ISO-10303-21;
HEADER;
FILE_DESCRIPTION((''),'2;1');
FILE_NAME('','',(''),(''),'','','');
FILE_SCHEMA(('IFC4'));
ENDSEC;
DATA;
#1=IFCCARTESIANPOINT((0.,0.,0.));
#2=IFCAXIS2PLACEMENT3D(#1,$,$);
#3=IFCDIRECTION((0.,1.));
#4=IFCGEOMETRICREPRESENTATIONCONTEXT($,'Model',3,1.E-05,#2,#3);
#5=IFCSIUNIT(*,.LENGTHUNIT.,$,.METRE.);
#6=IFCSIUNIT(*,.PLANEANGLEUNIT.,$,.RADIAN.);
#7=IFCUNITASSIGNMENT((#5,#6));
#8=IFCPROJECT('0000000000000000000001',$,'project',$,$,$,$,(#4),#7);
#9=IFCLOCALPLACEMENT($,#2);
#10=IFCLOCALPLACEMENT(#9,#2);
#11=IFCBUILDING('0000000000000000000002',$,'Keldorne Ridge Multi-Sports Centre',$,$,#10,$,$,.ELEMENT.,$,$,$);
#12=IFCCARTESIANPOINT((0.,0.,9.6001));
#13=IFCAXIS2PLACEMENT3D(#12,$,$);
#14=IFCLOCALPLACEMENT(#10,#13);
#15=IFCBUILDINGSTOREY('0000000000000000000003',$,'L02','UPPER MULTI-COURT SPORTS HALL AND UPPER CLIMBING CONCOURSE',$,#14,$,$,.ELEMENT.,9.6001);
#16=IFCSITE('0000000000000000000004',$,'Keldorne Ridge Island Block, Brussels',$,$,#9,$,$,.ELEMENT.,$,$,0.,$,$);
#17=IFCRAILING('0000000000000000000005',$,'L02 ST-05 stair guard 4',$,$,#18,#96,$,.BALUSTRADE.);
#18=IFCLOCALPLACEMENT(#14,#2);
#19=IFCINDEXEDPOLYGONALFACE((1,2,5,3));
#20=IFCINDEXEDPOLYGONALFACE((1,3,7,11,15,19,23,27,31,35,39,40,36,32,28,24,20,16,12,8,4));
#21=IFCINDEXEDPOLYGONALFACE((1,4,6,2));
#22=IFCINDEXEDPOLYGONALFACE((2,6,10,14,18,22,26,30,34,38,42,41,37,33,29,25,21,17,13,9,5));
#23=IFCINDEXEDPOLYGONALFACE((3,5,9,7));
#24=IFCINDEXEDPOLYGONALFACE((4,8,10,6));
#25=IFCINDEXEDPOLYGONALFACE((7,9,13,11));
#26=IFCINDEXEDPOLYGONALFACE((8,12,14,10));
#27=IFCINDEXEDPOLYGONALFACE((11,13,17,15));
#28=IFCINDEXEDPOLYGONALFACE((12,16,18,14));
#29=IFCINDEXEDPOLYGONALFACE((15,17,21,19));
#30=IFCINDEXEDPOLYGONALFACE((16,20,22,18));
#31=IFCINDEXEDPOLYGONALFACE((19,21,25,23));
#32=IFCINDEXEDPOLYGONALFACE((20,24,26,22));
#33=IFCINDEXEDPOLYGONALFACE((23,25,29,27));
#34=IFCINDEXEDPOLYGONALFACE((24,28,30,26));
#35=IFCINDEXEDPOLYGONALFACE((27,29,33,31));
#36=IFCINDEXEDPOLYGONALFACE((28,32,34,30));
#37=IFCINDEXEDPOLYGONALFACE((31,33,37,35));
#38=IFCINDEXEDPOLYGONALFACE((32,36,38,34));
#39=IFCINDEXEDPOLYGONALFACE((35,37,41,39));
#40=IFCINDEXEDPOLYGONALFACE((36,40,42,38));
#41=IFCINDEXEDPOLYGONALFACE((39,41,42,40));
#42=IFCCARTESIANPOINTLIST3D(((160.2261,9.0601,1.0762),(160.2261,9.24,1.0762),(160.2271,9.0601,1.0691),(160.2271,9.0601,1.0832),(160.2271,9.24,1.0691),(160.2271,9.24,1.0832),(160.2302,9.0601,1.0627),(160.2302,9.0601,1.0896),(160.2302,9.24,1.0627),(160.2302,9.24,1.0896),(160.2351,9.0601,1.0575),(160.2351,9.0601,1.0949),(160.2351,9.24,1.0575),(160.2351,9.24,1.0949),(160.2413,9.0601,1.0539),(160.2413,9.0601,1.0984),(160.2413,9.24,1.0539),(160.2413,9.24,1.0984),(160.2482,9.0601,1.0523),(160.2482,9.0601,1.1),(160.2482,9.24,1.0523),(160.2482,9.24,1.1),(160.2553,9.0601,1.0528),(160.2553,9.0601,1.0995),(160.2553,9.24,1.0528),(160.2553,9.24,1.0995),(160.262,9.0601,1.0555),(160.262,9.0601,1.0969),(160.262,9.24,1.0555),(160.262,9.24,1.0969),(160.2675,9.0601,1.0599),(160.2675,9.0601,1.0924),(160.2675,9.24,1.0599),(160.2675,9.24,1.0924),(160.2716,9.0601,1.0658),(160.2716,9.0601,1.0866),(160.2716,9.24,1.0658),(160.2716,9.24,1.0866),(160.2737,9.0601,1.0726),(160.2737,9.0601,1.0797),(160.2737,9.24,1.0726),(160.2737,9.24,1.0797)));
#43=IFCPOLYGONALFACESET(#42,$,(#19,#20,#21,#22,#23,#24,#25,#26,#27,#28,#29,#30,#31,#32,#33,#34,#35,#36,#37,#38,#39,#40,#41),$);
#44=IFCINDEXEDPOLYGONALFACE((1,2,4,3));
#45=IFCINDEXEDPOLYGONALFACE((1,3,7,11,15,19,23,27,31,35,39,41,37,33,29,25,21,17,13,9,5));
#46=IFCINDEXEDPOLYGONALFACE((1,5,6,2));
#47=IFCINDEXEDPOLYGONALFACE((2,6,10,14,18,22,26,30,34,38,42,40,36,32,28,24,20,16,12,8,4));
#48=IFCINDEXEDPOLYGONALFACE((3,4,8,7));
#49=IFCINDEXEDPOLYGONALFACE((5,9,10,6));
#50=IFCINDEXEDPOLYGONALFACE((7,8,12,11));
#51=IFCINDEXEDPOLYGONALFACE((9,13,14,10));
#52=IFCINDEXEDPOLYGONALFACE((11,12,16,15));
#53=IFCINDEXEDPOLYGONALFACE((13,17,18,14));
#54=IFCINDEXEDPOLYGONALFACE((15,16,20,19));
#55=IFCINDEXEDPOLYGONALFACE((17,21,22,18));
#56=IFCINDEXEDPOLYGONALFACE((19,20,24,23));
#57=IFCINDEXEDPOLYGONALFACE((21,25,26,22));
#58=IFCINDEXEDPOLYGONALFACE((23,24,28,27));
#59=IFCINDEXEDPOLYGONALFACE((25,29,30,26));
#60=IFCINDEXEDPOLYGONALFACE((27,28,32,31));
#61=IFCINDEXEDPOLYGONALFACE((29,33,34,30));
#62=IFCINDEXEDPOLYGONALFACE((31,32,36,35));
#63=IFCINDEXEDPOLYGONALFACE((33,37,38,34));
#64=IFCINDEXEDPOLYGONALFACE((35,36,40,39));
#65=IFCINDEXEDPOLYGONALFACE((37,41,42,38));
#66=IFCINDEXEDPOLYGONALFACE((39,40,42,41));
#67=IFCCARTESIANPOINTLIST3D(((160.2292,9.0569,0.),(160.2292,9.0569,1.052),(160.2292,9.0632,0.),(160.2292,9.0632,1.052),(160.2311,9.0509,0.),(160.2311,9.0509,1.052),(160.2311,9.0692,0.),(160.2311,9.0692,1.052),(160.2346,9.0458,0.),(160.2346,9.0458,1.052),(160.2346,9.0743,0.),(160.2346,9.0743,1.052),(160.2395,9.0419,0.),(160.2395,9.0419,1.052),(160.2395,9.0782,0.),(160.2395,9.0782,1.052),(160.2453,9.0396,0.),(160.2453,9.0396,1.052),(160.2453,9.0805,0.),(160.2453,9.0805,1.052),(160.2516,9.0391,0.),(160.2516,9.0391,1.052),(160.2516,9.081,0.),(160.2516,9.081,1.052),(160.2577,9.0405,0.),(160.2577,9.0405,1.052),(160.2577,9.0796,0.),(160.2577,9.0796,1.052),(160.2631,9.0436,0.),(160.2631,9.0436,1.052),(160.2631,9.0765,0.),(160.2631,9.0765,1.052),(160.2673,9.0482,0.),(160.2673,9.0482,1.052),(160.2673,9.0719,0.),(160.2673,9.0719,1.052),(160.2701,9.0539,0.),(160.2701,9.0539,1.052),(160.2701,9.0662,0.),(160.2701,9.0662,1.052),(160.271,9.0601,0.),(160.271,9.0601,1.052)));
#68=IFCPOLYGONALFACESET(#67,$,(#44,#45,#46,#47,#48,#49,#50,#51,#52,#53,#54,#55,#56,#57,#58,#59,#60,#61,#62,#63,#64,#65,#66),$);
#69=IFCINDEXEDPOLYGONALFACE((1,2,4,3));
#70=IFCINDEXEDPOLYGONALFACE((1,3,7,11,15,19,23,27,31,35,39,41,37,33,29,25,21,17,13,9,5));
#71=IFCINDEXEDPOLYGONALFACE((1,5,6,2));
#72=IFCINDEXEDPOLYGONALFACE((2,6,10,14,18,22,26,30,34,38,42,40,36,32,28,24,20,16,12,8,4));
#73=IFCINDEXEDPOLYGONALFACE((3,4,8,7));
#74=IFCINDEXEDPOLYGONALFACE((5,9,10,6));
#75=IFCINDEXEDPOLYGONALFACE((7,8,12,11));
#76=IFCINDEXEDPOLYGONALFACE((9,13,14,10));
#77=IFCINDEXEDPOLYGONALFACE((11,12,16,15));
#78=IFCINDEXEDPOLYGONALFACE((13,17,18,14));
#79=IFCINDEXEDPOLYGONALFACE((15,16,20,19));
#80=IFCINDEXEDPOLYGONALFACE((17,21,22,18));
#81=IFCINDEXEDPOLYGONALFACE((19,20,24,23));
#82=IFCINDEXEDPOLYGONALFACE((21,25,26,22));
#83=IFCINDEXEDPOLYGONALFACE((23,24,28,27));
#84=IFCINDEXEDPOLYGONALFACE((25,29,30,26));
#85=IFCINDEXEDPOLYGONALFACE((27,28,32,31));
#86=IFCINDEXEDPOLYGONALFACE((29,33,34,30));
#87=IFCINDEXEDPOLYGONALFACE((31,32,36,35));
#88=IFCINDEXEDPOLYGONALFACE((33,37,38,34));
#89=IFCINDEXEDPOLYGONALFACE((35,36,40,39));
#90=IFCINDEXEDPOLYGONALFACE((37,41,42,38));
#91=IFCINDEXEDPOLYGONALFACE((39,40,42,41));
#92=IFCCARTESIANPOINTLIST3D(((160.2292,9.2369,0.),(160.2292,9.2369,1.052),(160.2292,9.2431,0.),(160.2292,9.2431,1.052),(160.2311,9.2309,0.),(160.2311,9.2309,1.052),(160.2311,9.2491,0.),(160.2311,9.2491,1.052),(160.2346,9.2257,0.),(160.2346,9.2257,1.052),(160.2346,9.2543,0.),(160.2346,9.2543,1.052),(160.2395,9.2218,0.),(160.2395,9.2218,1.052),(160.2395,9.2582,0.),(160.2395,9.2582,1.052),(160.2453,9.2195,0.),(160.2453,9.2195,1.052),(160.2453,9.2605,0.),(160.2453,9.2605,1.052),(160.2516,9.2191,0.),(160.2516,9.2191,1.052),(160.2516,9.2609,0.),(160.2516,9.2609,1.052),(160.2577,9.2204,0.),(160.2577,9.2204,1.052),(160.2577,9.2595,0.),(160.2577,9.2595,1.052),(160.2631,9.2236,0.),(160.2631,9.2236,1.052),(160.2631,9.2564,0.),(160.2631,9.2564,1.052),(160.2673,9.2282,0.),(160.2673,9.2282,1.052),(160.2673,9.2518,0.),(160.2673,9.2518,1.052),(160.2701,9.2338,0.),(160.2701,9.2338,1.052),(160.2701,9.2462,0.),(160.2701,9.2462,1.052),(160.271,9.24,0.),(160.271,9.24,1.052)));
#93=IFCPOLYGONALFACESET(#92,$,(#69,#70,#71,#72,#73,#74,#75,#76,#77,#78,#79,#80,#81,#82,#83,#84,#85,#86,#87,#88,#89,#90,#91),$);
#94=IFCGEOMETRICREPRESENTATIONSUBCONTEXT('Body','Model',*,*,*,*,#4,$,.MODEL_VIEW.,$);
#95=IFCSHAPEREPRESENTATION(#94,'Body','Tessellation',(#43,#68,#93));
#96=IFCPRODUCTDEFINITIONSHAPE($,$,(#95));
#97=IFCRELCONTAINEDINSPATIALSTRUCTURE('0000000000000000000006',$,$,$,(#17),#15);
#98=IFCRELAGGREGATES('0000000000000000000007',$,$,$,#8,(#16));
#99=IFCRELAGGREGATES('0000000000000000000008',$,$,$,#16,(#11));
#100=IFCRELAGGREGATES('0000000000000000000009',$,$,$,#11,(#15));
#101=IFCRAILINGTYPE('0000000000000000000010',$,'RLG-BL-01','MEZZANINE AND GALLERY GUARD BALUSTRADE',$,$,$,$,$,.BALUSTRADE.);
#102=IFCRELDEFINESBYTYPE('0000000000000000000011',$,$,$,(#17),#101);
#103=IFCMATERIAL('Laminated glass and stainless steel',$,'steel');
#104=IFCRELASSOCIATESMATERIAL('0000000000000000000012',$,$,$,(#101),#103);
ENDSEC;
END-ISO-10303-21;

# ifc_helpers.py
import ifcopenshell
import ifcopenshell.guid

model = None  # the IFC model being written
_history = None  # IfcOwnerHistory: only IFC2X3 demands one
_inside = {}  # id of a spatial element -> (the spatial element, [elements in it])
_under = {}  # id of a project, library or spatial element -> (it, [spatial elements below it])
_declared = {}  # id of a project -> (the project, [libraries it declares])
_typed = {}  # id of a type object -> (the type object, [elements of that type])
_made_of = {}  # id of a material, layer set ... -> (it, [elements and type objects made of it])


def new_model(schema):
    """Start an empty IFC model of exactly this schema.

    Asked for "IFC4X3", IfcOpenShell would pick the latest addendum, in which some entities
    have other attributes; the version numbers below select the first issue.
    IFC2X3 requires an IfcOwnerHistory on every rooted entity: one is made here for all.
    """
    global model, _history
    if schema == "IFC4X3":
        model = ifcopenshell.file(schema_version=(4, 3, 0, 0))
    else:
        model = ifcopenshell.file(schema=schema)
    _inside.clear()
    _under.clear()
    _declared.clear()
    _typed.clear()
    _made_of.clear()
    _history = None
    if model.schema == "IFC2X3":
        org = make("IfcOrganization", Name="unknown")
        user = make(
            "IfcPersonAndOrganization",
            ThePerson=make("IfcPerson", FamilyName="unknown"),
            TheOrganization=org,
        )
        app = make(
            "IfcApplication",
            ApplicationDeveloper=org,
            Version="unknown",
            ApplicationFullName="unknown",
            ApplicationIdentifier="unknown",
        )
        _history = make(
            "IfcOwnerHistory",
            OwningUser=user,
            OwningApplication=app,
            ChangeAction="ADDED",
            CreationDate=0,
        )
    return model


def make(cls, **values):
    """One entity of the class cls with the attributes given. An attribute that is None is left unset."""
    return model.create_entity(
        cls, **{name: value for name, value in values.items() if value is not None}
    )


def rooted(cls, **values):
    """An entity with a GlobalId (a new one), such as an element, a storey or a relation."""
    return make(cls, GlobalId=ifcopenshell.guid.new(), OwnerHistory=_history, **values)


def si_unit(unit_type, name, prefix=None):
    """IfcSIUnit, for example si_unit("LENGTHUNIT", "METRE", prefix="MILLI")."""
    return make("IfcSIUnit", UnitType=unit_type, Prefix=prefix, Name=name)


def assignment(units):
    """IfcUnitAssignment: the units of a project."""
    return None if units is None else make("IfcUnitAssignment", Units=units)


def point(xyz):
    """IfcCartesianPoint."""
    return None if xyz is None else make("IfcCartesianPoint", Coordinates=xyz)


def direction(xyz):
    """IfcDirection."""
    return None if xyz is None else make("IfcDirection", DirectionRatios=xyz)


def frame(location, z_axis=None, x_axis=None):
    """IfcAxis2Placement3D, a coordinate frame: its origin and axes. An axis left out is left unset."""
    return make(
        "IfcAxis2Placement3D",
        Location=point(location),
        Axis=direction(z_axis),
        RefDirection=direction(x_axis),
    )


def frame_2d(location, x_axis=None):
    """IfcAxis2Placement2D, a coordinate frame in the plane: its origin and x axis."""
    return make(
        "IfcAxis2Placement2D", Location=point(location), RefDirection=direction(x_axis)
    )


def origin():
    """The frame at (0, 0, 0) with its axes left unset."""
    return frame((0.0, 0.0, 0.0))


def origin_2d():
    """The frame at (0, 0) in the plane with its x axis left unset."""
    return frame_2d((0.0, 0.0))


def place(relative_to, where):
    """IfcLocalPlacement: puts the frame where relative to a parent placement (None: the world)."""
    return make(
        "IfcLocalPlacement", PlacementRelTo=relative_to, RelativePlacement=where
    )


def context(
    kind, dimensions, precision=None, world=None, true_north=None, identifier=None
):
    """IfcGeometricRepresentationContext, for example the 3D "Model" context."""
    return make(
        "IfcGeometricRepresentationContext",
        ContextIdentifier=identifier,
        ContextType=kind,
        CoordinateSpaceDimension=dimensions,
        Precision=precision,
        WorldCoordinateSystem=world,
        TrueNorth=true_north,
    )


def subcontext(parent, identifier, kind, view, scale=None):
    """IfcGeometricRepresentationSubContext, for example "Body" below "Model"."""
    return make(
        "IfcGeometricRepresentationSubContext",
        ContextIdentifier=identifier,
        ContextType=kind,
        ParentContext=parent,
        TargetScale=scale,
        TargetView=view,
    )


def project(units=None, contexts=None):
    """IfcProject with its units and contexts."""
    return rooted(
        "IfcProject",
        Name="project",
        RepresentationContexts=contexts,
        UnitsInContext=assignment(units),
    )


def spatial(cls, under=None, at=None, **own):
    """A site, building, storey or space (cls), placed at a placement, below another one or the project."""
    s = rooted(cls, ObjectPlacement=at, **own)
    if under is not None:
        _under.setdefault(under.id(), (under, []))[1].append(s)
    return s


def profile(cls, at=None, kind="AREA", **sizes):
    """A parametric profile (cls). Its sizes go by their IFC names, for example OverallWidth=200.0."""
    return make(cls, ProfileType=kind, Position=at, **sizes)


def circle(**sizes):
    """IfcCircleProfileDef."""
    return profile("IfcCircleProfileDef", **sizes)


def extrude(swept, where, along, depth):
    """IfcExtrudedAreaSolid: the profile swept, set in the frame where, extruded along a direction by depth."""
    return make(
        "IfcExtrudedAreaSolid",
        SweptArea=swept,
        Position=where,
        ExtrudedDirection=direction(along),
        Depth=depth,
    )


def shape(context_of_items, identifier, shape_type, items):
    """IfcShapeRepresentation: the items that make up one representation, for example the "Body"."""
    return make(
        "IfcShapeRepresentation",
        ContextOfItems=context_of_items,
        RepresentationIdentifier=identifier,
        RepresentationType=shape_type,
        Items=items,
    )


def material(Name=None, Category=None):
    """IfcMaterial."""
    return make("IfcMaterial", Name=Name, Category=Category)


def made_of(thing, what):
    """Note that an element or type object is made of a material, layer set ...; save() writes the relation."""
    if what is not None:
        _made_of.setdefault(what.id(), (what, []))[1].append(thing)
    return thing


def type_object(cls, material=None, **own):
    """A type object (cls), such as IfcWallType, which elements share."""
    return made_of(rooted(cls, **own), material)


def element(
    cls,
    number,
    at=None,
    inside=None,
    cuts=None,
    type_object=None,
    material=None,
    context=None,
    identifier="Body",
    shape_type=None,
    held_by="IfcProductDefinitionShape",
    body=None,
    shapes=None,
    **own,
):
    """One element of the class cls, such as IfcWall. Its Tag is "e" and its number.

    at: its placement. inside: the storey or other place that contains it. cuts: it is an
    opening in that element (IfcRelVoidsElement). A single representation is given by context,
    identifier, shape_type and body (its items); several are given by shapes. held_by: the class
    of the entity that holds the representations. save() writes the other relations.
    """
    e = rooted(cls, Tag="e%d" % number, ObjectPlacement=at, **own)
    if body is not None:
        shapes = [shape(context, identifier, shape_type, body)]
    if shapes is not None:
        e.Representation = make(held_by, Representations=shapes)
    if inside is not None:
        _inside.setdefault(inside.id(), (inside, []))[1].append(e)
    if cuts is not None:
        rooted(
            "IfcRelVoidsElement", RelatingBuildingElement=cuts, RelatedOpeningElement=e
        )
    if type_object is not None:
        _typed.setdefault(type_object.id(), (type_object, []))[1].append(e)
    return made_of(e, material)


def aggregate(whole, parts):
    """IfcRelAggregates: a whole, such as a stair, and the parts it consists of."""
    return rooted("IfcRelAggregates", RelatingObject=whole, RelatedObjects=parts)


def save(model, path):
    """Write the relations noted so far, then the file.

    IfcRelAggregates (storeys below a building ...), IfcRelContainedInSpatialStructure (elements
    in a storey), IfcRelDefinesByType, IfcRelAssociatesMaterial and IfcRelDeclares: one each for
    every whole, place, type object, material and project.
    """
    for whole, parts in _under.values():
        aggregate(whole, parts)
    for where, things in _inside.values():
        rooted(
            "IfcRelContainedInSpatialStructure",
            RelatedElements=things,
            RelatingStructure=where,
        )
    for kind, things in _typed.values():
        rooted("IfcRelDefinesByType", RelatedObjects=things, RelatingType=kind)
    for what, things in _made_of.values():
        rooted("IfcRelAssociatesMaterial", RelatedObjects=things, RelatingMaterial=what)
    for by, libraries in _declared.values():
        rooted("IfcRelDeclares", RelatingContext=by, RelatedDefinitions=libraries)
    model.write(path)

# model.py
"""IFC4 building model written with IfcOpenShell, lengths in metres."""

from ifc_helpers import new_model, si_unit, direction, frame, origin, origin_2d, place, context, subcontext, project, spatial, circle, extrude, material, type_object, element, save


model = new_model("IFC4")

# Units and contexts
model_context = context("Model", 3, precision=1e-05, world=origin(), true_north=direction((0.0, 1.0)))
body_context = subcontext(model_context, "Body", "Model", "MODEL_VIEW")
ifc_project = project(units=[si_unit("LENGTHUNIT", "METRE"), si_unit("PLANEANGLEUNIT", "RADIAN")], contexts=[model_context])

# Site, building, storey
site_placement = place(None, origin())
site = spatial("IfcSite", under=ifc_project, at=site_placement, Name="Keldorne Ridge Island Block, Brussels", CompositionType="ELEMENT", RefElevation=0.0)
building_placement = place(site_placement, origin())
building = spatial("IfcBuilding", under=site, at=building_placement, Name="Keldorne Ridge Multi-Sports Centre", CompositionType="ELEMENT")
storey_placement = place(building_placement, frame((0.0, 0.0, 9.6001)))
storey = spatial("IfcBuildingStorey", under=building, at=storey_placement, Name="L02", Description="UPPER MULTI-COURT SPORTS HALL AND UPPER CLIMBING CONCOURSE", CompositionType="ELEMENT", Elevation=9.6001)

# Railing
ifc_material_1 = material(Name="Laminated glass and stainless steel", Category="steel")
railing_type_1 = type_object("IfcRailingType", Name="RLG-BL-01", Description="MEZZANINE AND GALLERY GUARD BALUSTRADE", PredefinedType="BALUSTRADE", material=ifc_material_1)
railing_1_placement = place(storey_placement, frame((160.25, 9.0601, 0.0)))
element("IfcRailing", 1, at=railing_1_placement, inside=storey, type_object=railing_type_1, Name="L02 ST-05 stair guard 4", PredefinedType="BALUSTRADE", context=body_context, shape_type="SweptSolid", body=[
    extrude(circle(Radius=0.0239, at=origin_2d()), frame((0.0, 0.0, 1.0762), z_axis=(0.0, 1.0, 0.0), x_axis=(-1.0, 0.0, 0.0)), (0.0, 0.0, 1.0), 0.1799),
    extrude(circle(Radius=0.021, at=origin_2d()), origin(), (0.0, 0.0, 1.0), 1.052),
    extrude(circle(Radius=0.021, at=origin_2d()), frame((0.0, 0.1799, 0.0)), (0.0, 0.0, 1.0), 1.052),
])

save(model, "model.ifc")
